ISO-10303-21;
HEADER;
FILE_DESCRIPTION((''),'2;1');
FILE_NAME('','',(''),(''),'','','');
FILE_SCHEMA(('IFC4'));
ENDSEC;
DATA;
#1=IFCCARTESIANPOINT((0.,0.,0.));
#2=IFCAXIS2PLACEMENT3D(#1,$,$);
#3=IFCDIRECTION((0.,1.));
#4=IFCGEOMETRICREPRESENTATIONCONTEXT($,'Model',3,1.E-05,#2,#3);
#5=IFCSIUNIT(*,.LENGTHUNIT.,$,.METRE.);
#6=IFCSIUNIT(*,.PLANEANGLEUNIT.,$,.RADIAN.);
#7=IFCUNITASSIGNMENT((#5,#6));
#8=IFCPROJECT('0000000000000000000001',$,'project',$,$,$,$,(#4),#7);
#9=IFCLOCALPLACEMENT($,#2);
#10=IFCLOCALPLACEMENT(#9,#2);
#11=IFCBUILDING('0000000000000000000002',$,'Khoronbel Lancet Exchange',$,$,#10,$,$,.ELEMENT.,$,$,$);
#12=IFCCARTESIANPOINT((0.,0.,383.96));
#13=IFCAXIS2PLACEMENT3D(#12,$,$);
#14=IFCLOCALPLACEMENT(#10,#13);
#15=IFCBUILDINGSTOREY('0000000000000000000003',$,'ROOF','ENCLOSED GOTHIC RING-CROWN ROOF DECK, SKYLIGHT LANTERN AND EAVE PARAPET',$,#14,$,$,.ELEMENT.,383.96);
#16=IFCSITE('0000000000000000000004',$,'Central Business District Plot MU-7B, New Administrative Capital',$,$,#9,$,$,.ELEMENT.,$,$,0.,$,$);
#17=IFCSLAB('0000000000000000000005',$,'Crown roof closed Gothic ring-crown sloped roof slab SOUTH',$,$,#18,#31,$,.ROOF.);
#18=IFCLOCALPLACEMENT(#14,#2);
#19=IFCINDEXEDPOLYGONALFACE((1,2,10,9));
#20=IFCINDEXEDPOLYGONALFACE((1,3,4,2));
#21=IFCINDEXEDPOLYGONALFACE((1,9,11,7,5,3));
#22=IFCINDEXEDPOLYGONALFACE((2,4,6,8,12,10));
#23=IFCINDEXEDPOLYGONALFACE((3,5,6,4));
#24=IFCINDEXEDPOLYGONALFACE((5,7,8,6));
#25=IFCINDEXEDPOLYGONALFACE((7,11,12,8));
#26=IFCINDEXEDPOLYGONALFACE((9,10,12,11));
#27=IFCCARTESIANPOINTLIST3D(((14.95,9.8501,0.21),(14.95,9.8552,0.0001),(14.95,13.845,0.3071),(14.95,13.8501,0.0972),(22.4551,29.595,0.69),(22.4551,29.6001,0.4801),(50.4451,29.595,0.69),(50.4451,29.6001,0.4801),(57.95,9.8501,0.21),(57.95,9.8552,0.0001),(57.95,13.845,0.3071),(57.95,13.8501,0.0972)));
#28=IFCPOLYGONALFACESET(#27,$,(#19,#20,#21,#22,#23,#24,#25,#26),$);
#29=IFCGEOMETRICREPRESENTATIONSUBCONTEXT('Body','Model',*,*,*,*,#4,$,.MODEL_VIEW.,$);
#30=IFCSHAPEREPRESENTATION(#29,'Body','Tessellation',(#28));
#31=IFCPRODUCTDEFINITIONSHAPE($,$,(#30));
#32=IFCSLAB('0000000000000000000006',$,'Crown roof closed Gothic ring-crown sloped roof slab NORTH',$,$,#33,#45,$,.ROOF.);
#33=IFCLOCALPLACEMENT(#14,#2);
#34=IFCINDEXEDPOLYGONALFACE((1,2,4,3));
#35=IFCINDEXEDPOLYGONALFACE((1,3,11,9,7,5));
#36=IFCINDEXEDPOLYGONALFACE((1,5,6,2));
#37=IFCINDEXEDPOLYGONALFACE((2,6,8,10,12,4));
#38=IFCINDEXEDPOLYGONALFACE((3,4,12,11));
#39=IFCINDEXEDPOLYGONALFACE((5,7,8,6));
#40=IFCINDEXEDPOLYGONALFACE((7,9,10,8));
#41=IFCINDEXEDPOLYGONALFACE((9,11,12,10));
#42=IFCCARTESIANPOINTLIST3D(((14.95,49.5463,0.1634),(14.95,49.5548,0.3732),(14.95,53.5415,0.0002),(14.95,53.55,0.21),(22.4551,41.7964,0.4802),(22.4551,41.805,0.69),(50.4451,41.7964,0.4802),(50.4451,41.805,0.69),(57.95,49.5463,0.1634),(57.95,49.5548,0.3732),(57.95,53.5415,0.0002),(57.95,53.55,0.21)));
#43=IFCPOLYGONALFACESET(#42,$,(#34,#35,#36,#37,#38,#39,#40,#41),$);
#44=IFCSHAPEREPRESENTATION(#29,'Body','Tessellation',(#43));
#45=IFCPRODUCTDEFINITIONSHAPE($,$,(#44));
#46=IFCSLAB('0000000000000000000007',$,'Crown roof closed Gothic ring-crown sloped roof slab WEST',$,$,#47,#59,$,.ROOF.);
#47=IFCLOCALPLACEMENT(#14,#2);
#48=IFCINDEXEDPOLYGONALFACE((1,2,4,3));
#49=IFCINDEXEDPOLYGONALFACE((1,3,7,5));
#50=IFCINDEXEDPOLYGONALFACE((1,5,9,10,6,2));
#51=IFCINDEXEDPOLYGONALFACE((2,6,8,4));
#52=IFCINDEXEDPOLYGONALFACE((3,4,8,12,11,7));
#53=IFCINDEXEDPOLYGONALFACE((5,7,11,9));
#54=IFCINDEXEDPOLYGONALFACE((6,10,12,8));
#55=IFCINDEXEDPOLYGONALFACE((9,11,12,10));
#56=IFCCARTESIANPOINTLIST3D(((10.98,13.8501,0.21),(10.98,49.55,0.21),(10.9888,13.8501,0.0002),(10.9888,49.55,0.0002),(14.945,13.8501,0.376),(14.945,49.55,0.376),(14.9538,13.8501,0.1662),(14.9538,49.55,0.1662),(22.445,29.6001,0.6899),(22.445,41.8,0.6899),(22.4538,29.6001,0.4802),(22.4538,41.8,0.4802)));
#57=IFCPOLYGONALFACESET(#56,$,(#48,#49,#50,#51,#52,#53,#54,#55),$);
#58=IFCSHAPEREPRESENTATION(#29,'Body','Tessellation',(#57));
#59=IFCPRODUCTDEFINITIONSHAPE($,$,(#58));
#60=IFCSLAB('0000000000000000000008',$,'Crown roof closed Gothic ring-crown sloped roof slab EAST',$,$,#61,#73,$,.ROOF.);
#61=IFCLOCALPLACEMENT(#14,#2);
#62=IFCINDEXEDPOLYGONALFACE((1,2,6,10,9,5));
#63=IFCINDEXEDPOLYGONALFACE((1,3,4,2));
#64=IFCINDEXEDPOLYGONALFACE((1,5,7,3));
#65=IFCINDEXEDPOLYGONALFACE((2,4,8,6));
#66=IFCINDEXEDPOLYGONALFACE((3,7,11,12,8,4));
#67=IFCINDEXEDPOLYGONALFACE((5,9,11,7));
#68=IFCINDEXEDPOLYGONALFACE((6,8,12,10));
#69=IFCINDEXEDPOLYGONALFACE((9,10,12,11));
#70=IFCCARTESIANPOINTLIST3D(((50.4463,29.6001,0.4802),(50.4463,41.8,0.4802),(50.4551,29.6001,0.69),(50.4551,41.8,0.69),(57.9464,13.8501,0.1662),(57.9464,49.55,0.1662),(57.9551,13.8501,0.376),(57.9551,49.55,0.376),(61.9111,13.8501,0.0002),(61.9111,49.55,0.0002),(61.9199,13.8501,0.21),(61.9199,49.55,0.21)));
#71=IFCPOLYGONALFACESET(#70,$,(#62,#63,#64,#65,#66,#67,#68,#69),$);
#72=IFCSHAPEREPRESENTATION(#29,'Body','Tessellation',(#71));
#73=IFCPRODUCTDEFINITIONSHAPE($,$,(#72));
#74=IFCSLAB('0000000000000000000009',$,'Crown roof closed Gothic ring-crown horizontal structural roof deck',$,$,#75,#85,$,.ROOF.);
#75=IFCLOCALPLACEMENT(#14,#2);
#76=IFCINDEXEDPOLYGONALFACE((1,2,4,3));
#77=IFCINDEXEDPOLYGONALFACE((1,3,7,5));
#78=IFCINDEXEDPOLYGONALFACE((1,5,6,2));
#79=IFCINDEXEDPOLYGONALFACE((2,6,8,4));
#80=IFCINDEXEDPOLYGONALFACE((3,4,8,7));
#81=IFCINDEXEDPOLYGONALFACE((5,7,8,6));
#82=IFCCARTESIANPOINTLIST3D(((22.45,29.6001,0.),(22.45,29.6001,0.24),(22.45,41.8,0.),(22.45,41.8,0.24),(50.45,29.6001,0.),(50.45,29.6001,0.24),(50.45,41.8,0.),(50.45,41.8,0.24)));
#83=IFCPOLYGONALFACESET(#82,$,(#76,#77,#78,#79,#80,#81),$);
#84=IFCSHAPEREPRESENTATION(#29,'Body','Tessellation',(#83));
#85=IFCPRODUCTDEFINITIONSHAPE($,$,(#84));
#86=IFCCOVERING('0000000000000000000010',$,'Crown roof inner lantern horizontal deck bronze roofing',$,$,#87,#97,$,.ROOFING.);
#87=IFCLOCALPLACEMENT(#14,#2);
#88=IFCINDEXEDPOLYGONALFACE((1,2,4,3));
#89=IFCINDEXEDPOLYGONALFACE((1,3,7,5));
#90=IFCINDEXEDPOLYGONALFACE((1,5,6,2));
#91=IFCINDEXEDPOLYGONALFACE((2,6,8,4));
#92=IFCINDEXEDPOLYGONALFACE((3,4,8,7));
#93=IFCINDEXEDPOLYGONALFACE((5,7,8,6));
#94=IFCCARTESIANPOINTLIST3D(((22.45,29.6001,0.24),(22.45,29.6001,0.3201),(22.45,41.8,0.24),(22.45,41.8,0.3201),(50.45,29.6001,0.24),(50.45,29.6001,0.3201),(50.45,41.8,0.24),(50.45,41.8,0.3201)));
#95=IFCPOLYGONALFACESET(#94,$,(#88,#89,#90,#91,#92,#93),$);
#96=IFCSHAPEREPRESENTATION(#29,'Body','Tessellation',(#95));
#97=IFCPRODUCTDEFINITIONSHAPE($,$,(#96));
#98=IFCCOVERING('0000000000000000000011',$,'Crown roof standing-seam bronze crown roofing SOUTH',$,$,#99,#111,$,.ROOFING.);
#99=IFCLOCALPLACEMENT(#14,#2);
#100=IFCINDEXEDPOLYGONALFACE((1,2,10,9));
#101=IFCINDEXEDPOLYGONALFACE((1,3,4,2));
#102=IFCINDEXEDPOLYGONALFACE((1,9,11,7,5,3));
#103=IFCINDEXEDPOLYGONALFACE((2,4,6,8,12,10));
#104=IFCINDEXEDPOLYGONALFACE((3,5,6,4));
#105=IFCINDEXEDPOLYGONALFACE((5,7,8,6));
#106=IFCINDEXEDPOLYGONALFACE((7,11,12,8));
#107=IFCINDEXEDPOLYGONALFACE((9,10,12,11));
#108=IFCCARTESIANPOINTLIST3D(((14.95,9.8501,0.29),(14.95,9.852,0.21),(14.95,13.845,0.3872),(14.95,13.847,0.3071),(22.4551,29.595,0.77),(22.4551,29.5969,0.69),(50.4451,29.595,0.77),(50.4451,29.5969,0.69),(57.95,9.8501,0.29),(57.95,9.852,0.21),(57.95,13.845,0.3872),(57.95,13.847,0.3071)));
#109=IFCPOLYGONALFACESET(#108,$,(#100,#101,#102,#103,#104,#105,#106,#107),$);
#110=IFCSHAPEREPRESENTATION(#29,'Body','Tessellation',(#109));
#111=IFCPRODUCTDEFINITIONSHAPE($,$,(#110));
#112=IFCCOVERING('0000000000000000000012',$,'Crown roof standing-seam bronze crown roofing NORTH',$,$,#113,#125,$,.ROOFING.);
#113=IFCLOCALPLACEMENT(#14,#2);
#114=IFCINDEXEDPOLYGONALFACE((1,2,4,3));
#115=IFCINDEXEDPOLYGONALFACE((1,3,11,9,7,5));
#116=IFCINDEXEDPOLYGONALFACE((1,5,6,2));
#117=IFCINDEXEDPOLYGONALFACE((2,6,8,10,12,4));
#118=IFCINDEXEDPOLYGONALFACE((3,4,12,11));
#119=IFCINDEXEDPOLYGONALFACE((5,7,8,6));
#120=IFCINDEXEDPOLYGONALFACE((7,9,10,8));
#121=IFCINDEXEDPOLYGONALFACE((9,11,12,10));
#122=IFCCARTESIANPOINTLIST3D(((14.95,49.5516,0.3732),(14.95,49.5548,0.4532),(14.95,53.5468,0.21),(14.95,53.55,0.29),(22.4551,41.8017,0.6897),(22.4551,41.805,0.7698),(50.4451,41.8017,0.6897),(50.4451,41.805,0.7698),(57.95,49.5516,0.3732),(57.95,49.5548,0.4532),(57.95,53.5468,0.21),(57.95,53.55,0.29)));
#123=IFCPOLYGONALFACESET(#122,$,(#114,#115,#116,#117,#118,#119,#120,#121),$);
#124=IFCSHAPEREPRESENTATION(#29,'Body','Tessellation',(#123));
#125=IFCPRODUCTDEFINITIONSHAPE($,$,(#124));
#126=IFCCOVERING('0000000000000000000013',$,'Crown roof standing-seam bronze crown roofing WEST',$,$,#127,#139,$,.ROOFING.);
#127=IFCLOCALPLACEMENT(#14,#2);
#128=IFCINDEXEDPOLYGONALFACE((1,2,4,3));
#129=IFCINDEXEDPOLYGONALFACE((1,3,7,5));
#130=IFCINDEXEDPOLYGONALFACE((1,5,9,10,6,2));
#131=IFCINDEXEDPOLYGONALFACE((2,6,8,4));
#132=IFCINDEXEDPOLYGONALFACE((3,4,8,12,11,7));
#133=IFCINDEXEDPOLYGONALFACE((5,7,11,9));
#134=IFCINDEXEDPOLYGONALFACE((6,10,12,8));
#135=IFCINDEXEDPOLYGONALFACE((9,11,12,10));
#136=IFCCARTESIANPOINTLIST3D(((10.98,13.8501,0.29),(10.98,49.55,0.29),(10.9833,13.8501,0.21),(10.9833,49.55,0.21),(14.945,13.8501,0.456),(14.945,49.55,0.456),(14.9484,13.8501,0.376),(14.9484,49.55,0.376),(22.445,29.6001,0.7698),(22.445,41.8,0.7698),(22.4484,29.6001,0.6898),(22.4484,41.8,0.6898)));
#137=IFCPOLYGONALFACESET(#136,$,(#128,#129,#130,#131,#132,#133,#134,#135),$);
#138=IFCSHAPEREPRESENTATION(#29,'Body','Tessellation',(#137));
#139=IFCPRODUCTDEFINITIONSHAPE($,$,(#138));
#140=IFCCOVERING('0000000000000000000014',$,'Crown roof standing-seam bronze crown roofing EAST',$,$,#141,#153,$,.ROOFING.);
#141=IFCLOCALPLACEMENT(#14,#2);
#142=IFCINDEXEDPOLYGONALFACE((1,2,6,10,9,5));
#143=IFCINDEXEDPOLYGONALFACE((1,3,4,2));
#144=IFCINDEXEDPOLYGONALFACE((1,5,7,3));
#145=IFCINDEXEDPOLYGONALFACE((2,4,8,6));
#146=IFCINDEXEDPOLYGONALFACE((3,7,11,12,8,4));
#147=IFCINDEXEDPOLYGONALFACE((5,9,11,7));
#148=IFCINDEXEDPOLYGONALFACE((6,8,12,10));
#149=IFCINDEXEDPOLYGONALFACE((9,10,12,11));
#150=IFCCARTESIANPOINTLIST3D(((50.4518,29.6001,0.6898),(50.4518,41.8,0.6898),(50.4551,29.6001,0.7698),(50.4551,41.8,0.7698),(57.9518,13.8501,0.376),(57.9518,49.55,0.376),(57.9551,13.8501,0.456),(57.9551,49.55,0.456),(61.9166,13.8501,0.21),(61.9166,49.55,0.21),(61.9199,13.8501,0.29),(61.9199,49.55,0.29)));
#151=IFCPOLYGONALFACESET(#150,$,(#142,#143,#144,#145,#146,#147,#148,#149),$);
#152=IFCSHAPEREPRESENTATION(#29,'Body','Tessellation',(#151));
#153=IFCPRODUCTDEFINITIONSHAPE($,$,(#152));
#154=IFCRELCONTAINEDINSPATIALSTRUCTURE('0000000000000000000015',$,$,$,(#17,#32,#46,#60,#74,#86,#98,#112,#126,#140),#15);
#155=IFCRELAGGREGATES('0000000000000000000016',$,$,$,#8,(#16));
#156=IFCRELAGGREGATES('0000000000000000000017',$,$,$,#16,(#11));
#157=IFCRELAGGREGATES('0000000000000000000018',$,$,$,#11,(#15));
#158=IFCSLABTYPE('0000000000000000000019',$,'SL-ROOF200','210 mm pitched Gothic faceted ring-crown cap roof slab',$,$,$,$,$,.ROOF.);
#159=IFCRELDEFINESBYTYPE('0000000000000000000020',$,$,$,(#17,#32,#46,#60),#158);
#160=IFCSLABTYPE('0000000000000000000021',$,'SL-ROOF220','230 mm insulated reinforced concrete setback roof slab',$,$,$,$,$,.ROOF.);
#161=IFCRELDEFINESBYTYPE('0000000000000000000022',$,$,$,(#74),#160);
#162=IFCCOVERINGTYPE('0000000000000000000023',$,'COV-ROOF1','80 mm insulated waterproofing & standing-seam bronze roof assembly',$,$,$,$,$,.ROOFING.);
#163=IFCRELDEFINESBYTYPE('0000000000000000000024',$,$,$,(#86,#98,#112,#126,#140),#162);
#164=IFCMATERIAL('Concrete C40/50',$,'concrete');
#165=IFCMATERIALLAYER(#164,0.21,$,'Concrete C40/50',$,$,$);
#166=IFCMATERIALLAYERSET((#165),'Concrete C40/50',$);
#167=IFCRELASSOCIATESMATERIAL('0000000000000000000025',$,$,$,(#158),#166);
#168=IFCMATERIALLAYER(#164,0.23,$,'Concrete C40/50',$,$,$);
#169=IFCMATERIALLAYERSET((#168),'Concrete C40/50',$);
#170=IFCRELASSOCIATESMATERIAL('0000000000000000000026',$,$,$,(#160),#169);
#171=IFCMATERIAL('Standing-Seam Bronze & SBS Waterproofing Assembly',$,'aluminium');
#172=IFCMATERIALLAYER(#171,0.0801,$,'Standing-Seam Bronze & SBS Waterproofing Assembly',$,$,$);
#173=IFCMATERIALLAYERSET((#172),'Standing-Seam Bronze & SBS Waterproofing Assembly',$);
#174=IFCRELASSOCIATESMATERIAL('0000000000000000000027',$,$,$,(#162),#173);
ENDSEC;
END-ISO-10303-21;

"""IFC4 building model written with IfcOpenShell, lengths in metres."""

from ifc_helpers import new_model, si_unit, direction, frame, origin, place, context, subcontext, project, spatial, polyline, outline, extrude, material, layer, layer_set, type_object, element, save


model = new_model("IFC4")

# Units and contexts
model_context = context("Model", 3, precision=1e-05, world=origin(), true_north=direction((0.0, 1.0)))
body_context = subcontext(model_context, "Body", "Model", "MODEL_VIEW")
ifc_project = project(units=[si_unit("LENGTHUNIT", "METRE"), si_unit("PLANEANGLEUNIT", "RADIAN")], contexts=[model_context])

# Site, building, storey
site_placement = place(None, origin())
site = spatial("IfcSite", under=ifc_project, at=site_placement, Name="Central Business District Plot MU-7B, New Administrative Capital", CompositionType="ELEMENT", RefElevation=0.0)
building_placement = place(site_placement, origin())
building = spatial("IfcBuilding", under=site, at=building_placement, Name="Khoronbel Lancet Exchange", CompositionType="ELEMENT")
storey_placement = place(building_placement, frame((0.0, 0.0, 383.96)))
storey = spatial("IfcBuildingStorey", under=building, at=storey_placement, Name="ROOF", Description="ENCLOSED GOTHIC RING-CROWN ROOF DECK, SKYLIGHT LANTERN AND EAVE PARAPET", CompositionType="ELEMENT", Elevation=383.96)

# Slabs
ifc_material_1 = material(Name="Concrete C40/50", Category="concrete")
ifc_layer_1 = layer(ifc_material_1, 0.21, Name="Concrete C40/50")
ifc_layer_set_1 = layer_set([ifc_layer_1], Name="Concrete C40/50")
slab_type_1 = type_object("IfcSlabType", Name="SL-ROOF200", Description="210 mm pitched Gothic faceted ring-crown cap roof slab", PredefinedType="ROOF", material=ifc_layer_set_1)
slab_1_placement = place(storey_placement, frame((14.95, 9.8501, 0.21), z_axis=(0.0, -0.024303, 0.999705), x_axis=(1.0, 0.0, 0.0)))
element("IfcSlab", 1, at=slab_1_placement, inside=storey, type_object=slab_type_1, Name="Crown roof closed Gothic ring-crown sloped roof slab SOUTH", PredefinedType="ROOF", context=body_context, shape_type="SweptSolid", body=[
    extrude(outline(polyline([(0.0, 0.0), (43.0, 0.0), (43.0, 3.9961), (35.4951, 19.7507), (7.5051, 19.7507), (0.0, 3.9961), (0.0, 0.0)])), origin(), (0.0, 0.0, -1.0), 0.21),
])
slab_2_placement = place(storey_placement, frame((57.95, 53.55, 0.21), z_axis=(0.0, 0.040833, 0.999166), x_axis=(-1.0, 0.0, 0.0)))
element("IfcSlab", 2, at=slab_2_placement, inside=storey, type_object=slab_type_1, Name="Crown roof closed Gothic ring-crown sloped roof slab NORTH", PredefinedType="ROOF", context=body_context, shape_type="SweptSolid", body=[
    extrude(outline(polyline([(0.0, 0.0), (43.0, 0.0), (43.0, 3.9985), (35.4949, 11.7549), (7.5049, 11.7549), (0.0, 3.9985), (0.0, 0.0)])), origin(), (0.0, 0.0, -1.0), 0.21),
])
slab_3_placement = place(storey_placement, frame((10.98, 49.55, 0.21), z_axis=(-0.041829, 0.0, 0.999125), x_axis=(0.0, -1.0, 0.0)))
element("IfcSlab", 3, at=slab_3_placement, inside=storey, type_object=slab_type_1, Name="Crown roof closed Gothic ring-crown sloped roof slab WEST", PredefinedType="ROOF", context=body_context, shape_type="SweptSolid", body=[
    extrude(outline(polyline([(0.0, 0.0), (35.7, 0.0), (35.7, 3.9685), (19.95, 11.4751), (7.75, 11.4751), (0.0, 3.9685), (0.0, 0.0)])), origin(), (0.0, 0.0, -1.0), 0.21),
])
slab_4_placement = place(storey_placement, frame((61.9199, 13.8501, 0.21), z_axis=(0.04183, 0.0, 0.999125), x_axis=(0.0, 1.0, 0.0)))
element("IfcSlab", 4, at=slab_4_placement, inside=storey, type_object=slab_type_1, Name="Crown roof closed Gothic ring-crown sloped roof slab EAST", PredefinedType="ROOF", context=body_context, shape_type="SweptSolid", body=[
    extrude(outline(polyline([(0.0, 0.0), (35.7, 0.0), (35.7, 3.9683), (27.95, 11.4749), (15.75, 11.4749), (0.0, 3.9683), (0.0, 0.0)])), origin(), (0.0, 0.0, -1.0), 0.21),
])
ifc_layer_2 = layer(ifc_material_1, 0.23, Name="Concrete C40/50")
ifc_layer_set_2 = layer_set([ifc_layer_2], Name="Concrete C40/50")
slab_type_2 = type_object("IfcSlabType", Name="SL-ROOF220", Description="230 mm insulated reinforced concrete setback roof slab", PredefinedType="ROOF", material=ifc_layer_set_2)
slab_5_placement = place(storey_placement, origin())
element("IfcSlab", 5, at=slab_5_placement, inside=storey, type_object=slab_type_2, Name="Crown roof closed Gothic ring-crown horizontal structural roof deck", PredefinedType="ROOF", context=body_context, shape_type="SweptSolid", body=[
    extrude(outline(polyline([(22.45, 29.6001), (50.45, 29.6001), (50.45, 41.8), (22.45, 41.8), (22.45, 29.6001)])), origin(), (0.0, 0.0, 1.0), 0.24),
])

# Coverings
ifc_material_2 = material(Name="Standing-Seam Bronze & SBS Waterproofing Assembly", Category="aluminium")
ifc_layer_3 = layer(ifc_material_2, 0.0801, Name="Standing-Seam Bronze & SBS Waterproofing Assembly")
ifc_layer_set_3 = layer_set([ifc_layer_3], Name="Standing-Seam Bronze & SBS Waterproofing Assembly")
covering_type = type_object("IfcCoveringType", Name="COV-ROOF1", Description="80 mm insulated waterproofing & standing-seam bronze roof assembly", PredefinedType="ROOFING", material=ifc_layer_set_3)
covering_1_placement = place(storey_placement, frame((0.0, 0.0, 0.24)))
element("IfcCovering", 6, at=covering_1_placement, inside=storey, type_object=covering_type, Name="Crown roof inner lantern horizontal deck bronze roofing", PredefinedType="ROOFING", context=body_context, shape_type="SweptSolid", body=[
    extrude(outline(polyline([(22.45, 29.6001), (50.45, 29.6001), (50.45, 41.8), (22.45, 41.8), (22.45, 29.6001)])), origin(), (0.0, 0.0, 1.0), 0.0801),
])
covering_2_placement = place(storey_placement, frame((14.95, 9.8501, 0.29), z_axis=(0.0, -0.024303, 0.999705), x_axis=(1.0, 0.0, 0.0)))
element("IfcCovering", 7, at=covering_2_placement, inside=storey, type_object=covering_type, Name="Crown roof standing-seam bronze crown roofing SOUTH", PredefinedType="ROOFING", context=body_context, shape_type="SweptSolid", body=[
    extrude(outline(polyline([(0.0, 0.0), (43.0, 0.0), (43.0, 3.9961), (35.4951, 19.7507), (7.5051, 19.7507), (0.0, 3.9961), (0.0, 0.0)])), origin(), (0.0, 0.0, -1.0), 0.0801),
])
covering_3_placement = place(storey_placement, frame((57.95, 53.55, 0.29), z_axis=(0.0, 0.04081, 0.999167), x_axis=(-1.0, 0.0, 0.0)))
element("IfcCovering", 8, at=covering_3_placement, inside=storey, type_object=covering_type, Name="Crown roof standing-seam bronze crown roofing NORTH", PredefinedType="ROOFING", context=body_context, shape_type="SweptSolid", body=[
    extrude(outline(polyline([(0.0, 0.0), (43.0, 0.0), (43.0, 3.9985), (35.4949, 11.7549), (7.5049, 11.7549), (0.0, 3.9985), (0.0, 0.0)])), origin(), (0.0, 0.0, -1.0), 0.0801),
])
covering_4_placement = place(storey_placement, frame((10.98, 49.55, 0.29), z_axis=(-0.04181, 0.0, 0.999126), x_axis=(0.0, -1.0, 0.0)))
element("IfcCovering", 9, at=covering_4_placement, inside=storey, type_object=covering_type, Name="Crown roof standing-seam bronze crown roofing WEST", PredefinedType="ROOFING", context=body_context, shape_type="SweptSolid", body=[
    extrude(outline(polyline([(0.0, 0.0), (35.7, 0.0), (35.7, 3.9685), (19.95, 11.4751), (7.75, 11.4751), (0.0, 3.9685), (0.0, 0.0)])), origin(), (0.0, 0.0, -1.0), 0.0801),
])
covering_5_placement = place(storey_placement, frame((61.9199, 13.8501, 0.29), z_axis=(0.041812, 0.0, 0.999126), x_axis=(0.0, 1.0, 0.0)))
element("IfcCovering", 10, at=covering_5_placement, inside=storey, type_object=covering_type, Name="Crown roof standing-seam bronze crown roofing EAST", PredefinedType="ROOFING", context=body_context, shape_type="SweptSolid", body=[
    extrude(outline(polyline([(0.0, 0.0), (35.7, 0.0), (35.7, 3.9683), (27.95, 11.4749), (15.75, 11.4749), (0.0, 3.9683), (0.0, 0.0)])), origin(), (0.0, 0.0, -1.0), 0.0801),
])

save(model, "model.ifc")
